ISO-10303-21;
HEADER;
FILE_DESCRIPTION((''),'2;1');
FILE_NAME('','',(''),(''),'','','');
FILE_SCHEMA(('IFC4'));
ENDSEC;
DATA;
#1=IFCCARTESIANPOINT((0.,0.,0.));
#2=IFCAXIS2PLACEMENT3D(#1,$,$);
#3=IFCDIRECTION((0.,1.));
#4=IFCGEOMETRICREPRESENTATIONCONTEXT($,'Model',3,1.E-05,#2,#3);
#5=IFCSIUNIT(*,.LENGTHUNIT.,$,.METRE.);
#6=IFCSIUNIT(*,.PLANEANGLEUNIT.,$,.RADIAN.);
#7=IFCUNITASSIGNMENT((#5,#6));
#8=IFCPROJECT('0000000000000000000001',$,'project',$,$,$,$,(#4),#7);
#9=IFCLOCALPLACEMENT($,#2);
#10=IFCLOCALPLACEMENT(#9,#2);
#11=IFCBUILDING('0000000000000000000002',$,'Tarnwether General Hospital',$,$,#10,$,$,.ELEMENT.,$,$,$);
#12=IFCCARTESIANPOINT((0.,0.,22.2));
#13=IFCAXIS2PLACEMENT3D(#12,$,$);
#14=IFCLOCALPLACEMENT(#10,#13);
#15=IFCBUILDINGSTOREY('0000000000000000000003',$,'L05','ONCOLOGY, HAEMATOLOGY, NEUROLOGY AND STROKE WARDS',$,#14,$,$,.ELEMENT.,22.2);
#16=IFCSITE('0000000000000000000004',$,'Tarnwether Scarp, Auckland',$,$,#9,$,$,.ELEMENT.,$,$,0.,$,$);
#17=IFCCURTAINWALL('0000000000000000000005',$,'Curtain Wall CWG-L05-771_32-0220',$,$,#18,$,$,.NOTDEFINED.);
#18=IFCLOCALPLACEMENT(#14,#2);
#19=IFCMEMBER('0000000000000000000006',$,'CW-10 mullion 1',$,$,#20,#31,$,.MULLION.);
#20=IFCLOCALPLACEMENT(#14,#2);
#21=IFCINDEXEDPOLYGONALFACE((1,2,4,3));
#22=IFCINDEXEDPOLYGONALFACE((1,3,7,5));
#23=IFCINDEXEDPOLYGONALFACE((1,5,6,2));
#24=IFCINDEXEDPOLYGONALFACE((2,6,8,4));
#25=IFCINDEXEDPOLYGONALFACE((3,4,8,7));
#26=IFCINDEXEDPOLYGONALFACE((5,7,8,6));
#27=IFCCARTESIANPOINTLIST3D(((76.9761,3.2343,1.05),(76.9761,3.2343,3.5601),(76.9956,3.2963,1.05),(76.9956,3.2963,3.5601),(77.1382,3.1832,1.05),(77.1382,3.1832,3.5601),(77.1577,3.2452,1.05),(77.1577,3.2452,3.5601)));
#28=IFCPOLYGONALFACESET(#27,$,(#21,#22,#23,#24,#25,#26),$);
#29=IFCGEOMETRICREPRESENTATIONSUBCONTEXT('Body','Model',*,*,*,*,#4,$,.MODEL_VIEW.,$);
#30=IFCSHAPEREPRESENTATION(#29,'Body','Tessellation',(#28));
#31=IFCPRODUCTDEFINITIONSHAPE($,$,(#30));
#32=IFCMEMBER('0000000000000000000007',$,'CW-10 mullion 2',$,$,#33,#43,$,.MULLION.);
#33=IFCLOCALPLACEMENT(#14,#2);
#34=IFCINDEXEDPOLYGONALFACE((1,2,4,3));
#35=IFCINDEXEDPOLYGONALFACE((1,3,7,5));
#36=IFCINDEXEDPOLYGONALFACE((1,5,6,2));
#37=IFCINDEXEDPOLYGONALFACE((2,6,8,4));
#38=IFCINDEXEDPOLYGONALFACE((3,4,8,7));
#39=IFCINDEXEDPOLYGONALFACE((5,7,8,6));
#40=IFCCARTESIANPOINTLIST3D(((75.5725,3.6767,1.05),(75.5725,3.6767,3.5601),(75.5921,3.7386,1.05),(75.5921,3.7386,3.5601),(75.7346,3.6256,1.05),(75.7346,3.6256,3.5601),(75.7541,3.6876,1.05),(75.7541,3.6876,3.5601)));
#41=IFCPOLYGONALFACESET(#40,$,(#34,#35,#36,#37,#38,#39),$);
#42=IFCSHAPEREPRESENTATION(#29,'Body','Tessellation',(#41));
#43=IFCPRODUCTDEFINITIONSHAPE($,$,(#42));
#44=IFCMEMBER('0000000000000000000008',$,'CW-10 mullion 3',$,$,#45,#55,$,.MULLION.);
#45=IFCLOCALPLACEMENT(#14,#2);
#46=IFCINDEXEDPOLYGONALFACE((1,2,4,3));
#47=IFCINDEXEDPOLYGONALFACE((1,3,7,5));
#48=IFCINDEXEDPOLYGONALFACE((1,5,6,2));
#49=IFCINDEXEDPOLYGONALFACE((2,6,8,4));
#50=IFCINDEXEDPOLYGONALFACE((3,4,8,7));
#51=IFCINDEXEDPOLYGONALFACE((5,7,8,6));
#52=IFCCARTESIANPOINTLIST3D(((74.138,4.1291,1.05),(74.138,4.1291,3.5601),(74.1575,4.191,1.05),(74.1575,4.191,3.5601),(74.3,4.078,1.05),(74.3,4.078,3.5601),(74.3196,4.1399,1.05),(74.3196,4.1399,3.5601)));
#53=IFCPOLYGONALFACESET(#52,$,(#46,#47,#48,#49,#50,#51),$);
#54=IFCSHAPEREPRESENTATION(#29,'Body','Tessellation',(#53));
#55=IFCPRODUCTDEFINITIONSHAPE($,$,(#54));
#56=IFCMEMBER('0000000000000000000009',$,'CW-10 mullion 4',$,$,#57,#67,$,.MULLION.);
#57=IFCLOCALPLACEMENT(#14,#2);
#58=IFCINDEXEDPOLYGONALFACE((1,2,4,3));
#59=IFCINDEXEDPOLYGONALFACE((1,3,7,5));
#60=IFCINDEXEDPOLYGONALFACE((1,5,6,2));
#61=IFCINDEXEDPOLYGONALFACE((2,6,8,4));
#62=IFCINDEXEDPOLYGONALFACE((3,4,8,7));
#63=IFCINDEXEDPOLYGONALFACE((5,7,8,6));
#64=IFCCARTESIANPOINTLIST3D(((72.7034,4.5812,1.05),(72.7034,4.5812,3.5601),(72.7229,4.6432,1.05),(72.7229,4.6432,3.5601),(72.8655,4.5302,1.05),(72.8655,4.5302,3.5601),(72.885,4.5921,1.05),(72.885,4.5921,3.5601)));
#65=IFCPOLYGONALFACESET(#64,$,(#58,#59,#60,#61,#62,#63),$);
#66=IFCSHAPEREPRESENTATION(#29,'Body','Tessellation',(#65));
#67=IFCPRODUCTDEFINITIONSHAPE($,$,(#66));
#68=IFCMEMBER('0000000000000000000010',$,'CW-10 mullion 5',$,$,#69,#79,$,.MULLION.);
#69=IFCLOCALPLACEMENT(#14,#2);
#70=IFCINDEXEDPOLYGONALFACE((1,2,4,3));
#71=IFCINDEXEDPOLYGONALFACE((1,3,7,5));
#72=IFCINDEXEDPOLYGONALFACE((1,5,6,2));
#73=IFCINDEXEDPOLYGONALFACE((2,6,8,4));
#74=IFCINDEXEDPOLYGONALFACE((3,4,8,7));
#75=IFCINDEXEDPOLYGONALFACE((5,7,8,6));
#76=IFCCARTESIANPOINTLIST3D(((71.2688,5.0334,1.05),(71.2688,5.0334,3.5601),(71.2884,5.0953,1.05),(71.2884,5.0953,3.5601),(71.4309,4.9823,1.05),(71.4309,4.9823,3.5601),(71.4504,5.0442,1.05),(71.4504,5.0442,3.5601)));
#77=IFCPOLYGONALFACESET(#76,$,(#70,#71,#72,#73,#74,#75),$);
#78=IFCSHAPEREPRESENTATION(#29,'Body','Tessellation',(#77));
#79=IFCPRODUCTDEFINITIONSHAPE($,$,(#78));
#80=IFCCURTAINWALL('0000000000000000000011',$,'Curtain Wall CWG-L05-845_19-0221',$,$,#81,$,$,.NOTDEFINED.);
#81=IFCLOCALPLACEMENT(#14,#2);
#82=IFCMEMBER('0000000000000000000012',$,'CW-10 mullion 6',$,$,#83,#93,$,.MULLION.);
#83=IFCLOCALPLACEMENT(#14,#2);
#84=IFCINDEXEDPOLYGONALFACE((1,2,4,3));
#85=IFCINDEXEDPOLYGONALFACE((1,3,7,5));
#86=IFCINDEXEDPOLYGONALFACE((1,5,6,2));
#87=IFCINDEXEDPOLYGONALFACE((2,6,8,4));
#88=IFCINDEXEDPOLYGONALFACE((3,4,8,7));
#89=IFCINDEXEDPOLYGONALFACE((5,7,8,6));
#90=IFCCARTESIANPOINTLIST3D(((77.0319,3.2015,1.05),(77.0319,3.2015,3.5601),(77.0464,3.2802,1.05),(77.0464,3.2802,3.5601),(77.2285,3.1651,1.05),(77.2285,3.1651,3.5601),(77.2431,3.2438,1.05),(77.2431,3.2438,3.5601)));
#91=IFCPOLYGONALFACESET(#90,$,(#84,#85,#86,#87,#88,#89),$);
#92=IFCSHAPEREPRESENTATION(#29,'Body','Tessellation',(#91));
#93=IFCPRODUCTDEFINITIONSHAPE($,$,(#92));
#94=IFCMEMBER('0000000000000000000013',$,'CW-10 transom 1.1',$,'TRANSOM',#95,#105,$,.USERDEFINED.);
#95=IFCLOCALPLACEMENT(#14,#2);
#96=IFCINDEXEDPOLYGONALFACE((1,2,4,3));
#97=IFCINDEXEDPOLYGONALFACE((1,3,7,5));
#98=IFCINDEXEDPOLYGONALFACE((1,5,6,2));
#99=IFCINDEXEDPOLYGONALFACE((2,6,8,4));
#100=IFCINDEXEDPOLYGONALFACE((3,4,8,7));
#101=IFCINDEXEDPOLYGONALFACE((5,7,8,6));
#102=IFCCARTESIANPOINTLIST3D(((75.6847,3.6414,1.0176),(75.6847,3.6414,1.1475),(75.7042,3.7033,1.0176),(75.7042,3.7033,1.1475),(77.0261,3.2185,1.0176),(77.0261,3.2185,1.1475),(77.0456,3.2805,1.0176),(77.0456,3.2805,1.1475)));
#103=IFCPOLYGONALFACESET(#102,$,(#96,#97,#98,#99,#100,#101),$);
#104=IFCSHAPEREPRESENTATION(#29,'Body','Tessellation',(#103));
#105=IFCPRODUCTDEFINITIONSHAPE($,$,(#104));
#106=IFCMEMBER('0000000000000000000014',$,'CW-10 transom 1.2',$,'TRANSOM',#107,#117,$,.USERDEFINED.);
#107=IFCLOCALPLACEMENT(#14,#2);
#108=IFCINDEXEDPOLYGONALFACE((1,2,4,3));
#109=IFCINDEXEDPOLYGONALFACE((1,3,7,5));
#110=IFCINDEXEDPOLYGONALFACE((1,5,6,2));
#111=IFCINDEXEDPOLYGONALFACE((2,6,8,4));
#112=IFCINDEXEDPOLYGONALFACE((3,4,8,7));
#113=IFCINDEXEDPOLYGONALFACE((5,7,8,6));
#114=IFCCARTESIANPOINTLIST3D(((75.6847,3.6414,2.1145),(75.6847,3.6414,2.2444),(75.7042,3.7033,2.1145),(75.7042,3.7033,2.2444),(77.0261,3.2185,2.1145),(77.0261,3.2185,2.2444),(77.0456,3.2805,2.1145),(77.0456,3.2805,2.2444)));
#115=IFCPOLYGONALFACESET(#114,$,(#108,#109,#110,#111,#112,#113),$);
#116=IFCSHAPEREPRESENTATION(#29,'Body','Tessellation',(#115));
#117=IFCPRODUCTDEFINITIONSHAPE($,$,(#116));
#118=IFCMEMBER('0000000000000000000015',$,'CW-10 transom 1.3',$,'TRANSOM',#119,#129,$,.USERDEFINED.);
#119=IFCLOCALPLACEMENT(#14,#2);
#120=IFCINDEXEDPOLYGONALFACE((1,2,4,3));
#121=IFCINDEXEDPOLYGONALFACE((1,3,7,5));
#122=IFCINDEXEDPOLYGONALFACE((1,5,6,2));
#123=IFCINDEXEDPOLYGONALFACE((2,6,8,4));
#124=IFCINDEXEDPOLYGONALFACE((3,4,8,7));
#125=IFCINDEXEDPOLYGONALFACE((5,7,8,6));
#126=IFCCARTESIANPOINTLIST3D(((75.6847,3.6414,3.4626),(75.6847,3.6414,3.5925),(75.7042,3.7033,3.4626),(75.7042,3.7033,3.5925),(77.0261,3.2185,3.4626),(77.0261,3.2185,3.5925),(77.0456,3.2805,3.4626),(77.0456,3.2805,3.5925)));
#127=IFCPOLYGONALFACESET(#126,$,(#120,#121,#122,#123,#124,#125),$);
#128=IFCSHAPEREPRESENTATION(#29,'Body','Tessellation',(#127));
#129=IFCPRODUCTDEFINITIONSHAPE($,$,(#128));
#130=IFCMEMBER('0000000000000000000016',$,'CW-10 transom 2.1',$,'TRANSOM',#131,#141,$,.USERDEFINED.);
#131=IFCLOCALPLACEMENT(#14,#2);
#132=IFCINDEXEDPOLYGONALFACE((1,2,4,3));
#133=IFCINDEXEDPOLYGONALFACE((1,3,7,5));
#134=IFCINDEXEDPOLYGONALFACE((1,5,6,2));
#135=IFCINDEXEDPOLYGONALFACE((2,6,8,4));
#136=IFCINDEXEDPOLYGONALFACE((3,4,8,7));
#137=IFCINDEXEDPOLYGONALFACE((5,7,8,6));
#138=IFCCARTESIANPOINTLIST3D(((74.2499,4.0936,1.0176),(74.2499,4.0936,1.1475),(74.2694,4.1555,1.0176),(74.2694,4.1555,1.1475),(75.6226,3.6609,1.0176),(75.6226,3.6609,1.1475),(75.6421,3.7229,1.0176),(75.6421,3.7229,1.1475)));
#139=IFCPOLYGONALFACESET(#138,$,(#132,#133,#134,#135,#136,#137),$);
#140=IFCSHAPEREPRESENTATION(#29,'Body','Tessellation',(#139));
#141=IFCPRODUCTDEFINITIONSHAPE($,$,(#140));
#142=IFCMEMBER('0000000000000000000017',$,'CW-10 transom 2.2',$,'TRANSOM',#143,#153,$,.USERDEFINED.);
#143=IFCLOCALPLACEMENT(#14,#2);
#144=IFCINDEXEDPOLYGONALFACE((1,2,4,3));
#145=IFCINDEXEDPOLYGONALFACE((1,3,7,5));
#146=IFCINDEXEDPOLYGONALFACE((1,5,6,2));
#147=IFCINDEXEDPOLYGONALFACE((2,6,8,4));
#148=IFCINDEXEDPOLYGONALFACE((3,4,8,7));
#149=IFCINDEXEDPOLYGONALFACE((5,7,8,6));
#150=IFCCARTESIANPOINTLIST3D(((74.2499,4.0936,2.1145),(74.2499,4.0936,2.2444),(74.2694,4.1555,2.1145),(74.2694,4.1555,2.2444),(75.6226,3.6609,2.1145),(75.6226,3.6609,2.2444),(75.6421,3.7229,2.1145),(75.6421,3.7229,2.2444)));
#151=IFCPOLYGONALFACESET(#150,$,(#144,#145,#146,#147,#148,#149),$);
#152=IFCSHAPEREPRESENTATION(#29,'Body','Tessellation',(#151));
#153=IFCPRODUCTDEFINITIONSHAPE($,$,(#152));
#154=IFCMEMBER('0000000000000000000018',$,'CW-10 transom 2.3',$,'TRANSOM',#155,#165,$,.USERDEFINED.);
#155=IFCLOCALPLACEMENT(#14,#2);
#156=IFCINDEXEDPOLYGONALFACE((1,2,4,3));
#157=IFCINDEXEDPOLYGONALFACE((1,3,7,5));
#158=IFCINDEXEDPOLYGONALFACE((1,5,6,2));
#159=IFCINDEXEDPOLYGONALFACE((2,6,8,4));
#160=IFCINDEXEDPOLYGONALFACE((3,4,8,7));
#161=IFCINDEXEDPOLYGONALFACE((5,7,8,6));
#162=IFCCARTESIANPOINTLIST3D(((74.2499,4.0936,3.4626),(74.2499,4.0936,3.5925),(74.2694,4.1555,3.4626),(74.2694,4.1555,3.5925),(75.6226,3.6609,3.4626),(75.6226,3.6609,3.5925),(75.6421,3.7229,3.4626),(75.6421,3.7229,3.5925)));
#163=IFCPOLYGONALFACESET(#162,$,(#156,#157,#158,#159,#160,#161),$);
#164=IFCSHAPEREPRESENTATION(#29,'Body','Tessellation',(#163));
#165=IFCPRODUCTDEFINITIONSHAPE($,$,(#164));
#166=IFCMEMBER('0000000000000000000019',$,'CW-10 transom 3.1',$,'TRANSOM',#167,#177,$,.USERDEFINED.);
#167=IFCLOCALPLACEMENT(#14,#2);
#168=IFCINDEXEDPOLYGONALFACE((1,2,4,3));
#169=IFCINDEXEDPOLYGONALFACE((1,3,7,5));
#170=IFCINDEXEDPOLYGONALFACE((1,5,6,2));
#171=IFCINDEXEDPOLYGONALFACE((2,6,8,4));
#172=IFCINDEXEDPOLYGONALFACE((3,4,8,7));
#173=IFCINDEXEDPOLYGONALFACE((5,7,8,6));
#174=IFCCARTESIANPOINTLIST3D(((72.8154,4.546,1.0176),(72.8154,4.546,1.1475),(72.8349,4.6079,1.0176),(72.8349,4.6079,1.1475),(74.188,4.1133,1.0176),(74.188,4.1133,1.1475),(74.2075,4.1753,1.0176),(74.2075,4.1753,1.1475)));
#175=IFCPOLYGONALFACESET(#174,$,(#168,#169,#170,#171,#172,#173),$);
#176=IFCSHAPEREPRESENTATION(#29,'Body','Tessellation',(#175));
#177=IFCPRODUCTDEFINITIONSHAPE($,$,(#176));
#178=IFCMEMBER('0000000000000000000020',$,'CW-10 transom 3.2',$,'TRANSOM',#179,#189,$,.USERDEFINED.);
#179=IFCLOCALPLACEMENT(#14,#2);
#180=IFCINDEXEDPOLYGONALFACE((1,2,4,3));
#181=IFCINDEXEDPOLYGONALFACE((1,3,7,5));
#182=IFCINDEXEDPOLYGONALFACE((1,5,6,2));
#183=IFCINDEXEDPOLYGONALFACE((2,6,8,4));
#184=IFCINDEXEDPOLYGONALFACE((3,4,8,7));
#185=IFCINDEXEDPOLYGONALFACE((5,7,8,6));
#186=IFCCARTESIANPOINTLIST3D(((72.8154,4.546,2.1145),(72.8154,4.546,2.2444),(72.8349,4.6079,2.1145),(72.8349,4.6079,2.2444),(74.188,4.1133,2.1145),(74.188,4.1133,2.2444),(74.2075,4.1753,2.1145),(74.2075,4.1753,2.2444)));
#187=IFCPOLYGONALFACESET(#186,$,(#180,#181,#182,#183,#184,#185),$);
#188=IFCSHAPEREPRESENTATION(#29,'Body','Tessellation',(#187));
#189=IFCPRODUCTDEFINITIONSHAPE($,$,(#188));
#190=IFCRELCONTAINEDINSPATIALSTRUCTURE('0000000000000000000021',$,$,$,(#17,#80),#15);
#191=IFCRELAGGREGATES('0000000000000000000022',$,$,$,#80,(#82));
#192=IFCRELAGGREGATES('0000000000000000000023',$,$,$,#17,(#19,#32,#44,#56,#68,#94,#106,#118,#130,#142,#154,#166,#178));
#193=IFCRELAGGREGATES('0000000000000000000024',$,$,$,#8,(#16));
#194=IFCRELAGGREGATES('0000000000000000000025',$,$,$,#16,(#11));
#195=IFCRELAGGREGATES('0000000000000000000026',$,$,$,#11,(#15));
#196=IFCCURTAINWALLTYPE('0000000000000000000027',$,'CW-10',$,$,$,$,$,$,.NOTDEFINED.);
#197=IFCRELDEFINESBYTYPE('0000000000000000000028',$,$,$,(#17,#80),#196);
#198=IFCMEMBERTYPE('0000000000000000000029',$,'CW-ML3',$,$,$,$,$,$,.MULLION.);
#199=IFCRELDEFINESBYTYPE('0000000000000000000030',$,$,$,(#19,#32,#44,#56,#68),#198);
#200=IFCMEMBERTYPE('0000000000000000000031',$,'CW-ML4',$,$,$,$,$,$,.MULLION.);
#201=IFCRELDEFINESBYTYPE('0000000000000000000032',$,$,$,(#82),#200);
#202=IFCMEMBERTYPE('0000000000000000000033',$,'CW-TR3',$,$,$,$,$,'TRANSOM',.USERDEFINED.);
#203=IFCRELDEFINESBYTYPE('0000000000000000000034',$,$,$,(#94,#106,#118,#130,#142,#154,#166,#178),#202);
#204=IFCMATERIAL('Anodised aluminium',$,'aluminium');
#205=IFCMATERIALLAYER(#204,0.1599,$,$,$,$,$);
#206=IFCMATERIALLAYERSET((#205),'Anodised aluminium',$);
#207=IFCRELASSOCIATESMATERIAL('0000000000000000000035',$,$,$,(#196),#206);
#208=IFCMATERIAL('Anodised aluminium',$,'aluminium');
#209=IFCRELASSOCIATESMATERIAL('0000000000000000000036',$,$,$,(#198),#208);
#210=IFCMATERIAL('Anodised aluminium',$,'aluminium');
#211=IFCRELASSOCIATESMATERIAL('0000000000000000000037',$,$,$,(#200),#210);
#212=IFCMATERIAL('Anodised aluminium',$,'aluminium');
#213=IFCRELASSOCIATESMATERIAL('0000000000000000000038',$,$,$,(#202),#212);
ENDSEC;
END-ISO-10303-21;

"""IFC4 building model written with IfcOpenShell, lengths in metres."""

from ifc_helpers import new_model, si_unit, direction, frame, origin, origin_2d, place, context, subcontext, project, spatial, rectangle, extrude, material, layer, layer_set, material_profile, profile_set, type_object, element, aggregate, save


model = new_model("IFC4")

# Units and contexts
model_context = context("Model", 3, precision=1e-05, world=origin(), true_north=direction((0.0, 1.0)))
body_context = subcontext(model_context, "Body", "Model", "MODEL_VIEW")
ifc_project = project(units=[si_unit("LENGTHUNIT", "METRE"), si_unit("PLANEANGLEUNIT", "RADIAN")], contexts=[model_context])

# Site, building, storey
site_placement = place(None, origin())
site = spatial("IfcSite", under=ifc_project, at=site_placement, Name="Tarnwether Scarp, Auckland", CompositionType="ELEMENT", RefElevation=0.0)
building_placement = place(site_placement, origin())
building = spatial("IfcBuilding", under=site, at=building_placement, Name="Tarnwether General Hospital", CompositionType="ELEMENT")
storey_placement = place(building_placement, frame((0.0, 0.0, 22.2)))
storey = spatial("IfcBuildingStorey", under=building, at=storey_placement, Name="L05", Description="ONCOLOGY, HAEMATOLOGY, NEUROLOGY AND STROKE WARDS", CompositionType="ELEMENT", Elevation=22.2)

# Curtain wall, members
ifc_material_1 = material(Name="Anodised aluminium", Category="aluminium")
ifc_layer_1 = layer(ifc_material_1, 0.1599)
ifc_layer_set_1 = layer_set([ifc_layer_1], Name="Anodised aluminium")
curtain_wall_type = type_object("IfcCurtainWallType", Name="CW-10", PredefinedType="NOTDEFINED", material=ifc_layer_set_1)
curtain_wall_1_placement = place(storey_placement, origin())
curtain_wall_1 = element("IfcCurtainWall", 1, at=curtain_wall_1_placement, inside=storey, type_object=curtain_wall_type, Name="Curtain Wall CWG-L05-771_32-0220", PredefinedType="NOTDEFINED")
ifc_material_2 = material(Name="Anodised aluminium", Category="aluminium")
ifc_material_profile_1 = material_profile(ifc_material_2, rectangle(XDim=0.0649, YDim=0.1699, at=origin_2d()), Name="ALU-MUL-65x170")
ifc_profile_set_1 = profile_set([ifc_material_profile_1], Name="Anodised aluminium")
member_type_1 = type_object("IfcMemberType", Name="CW-ML3", PredefinedType="MULLION", material=ifc_profile_set_1)
member_1_placement = place(storey_placement, frame((77.0669, 3.2397, 1.05), z_axis=(0.0, 0.0, 1.0), x_axis=(-0.300629, -0.953741, 0.0)))
member_1 = element("IfcMember", 2, at=member_1_placement, type_object=member_type_1, Name="CW-10 mullion 1", PredefinedType="MULLION", context=body_context, shape_type="SweptSolid", body=[
    extrude(rectangle(XDim=0.0649, YDim=0.1699, at=origin_2d()), origin(), (0.0, 0.0, 1.0), 2.51),
])
member_2_placement = place(storey_placement, frame((75.6633, 3.6821, 1.05), z_axis=(0.0, 0.0, 1.0), x_axis=(-0.300629, -0.953741, 0.0)))
member_2 = element("IfcMember", 3, at=member_2_placement, type_object=member_type_1, Name="CW-10 mullion 2", PredefinedType="MULLION", context=body_context, shape_type="SweptSolid", body=[
    extrude(rectangle(XDim=0.0649, YDim=0.1699, at=origin_2d()), origin(), (0.0, 0.0, 1.0), 2.51),
])
member_3_placement = place(storey_placement, frame((74.2288, 4.1345, 1.05), z_axis=(0.0, 0.0, 1.0), x_axis=(-0.300629, -0.953741, 0.0)))
member_3 = element("IfcMember", 4, at=member_3_placement, type_object=member_type_1, Name="CW-10 mullion 3", PredefinedType="MULLION", context=body_context, shape_type="SweptSolid", body=[
    extrude(rectangle(XDim=0.0649, YDim=0.1699, at=origin_2d()), origin(), (0.0, 0.0, 1.0), 2.51),
])
member_4_placement = place(storey_placement, frame((72.7942, 4.5867, 1.05), z_axis=(0.0, 0.0, 1.0), x_axis=(-0.300629, -0.953741, 0.0)))
member_4 = element("IfcMember", 5, at=member_4_placement, type_object=member_type_1, Name="CW-10 mullion 4", PredefinedType="MULLION", context=body_context, shape_type="SweptSolid", body=[
    extrude(rectangle(XDim=0.0649, YDim=0.1699, at=origin_2d()), origin(), (0.0, 0.0, 1.0), 2.51),
])
member_5_placement = place(storey_placement, frame((71.3596, 5.0388, 1.05), z_axis=(0.0, 0.0, 1.0), x_axis=(-0.300629, -0.953741, 0.0)))
member_5 = element("IfcMember", 6, at=member_5_placement, type_object=member_type_1, Name="CW-10 mullion 5", PredefinedType="MULLION", context=body_context, shape_type="SweptSolid", body=[
    extrude(rectangle(XDim=0.0649, YDim=0.1699, at=origin_2d()), origin(), (0.0, 0.0, 1.0), 2.51),
])

# Curtain wall, member
curtain_wall_2_placement = place(storey_placement, origin())
curtain_wall_2 = element("IfcCurtainWall", 7, at=curtain_wall_2_placement, inside=storey, type_object=curtain_wall_type, Name="Curtain Wall CWG-L05-845_19-0221", PredefinedType="NOTDEFINED")
ifc_material_3 = material(Name="Anodised aluminium", Category="aluminium")
ifc_material_profile_2 = material_profile(ifc_material_3, rectangle(XDim=0.0801, YDim=0.2, at=origin_2d()), Name="ALU-MUL-80x200")
ifc_profile_set_2 = profile_set([ifc_material_profile_2], Name="Anodised aluminium")
member_type_2 = type_object("IfcMemberType", Name="CW-ML4", PredefinedType="MULLION", material=ifc_profile_set_2)
member_6_placement = place(storey_placement, frame((77.1375, 3.2227, 1.05), z_axis=(0.0, 0.0, 1.0), x_axis=(-0.182289, -0.983245, 0.0)))
member_6 = element("IfcMember", 8, at=member_6_placement, type_object=member_type_2, Name="CW-10 mullion 6", PredefinedType="MULLION", context=body_context, shape_type="SweptSolid", body=[
    extrude(rectangle(XDim=0.0801, YDim=0.2, at=origin_2d()), origin(), (0.0, 0.0, 1.0), 2.51),
])
aggregate(curtain_wall_2, [member_6])

# Members
ifc_material_4 = material(Name="Anodised aluminium", Category="aluminium")
ifc_material_profile_3 = material_profile(ifc_material_4, rectangle(XDim=0.0649, YDim=0.1299, at=origin_2d()), Name="ALU-TRN-65x130")
ifc_profile_set_3 = profile_set([ifc_material_profile_3], Name="Anodised aluminium")
member_type_3 = type_object("IfcMemberType", Name="CW-TR3", ElementType="TRANSOM", PredefinedType="USERDEFINED", material=ifc_profile_set_3)
member_7_placement = place(storey_placement, frame((77.0359, 3.2495, 1.0825), z_axis=(-0.953745, 0.300616, 0.0), x_axis=(-0.300616, -0.953745, 0.0)))
member_7 = element("IfcMember", 9, at=member_7_placement, type_object=member_type_3, Name="CW-10 transom 1.1", ObjectType="TRANSOM", PredefinedType="USERDEFINED", context=body_context, shape_type="SweptSolid", body=[
    extrude(rectangle(XDim=0.0649, YDim=0.1299, at=origin_2d()), origin(), (0.0, 0.0, 1.0), 1.4065),
])
member_8_placement = place(storey_placement, frame((77.0359, 3.2495, 2.1794), z_axis=(-0.953745, 0.300616, 0.0), x_axis=(-0.300616, -0.953745, 0.0)))
member_8 = element("IfcMember", 10, at=member_8_placement, type_object=member_type_3, Name="CW-10 transom 1.2", ObjectType="TRANSOM", PredefinedType="USERDEFINED", context=body_context, shape_type="SweptSolid", body=[
    extrude(rectangle(XDim=0.0649, YDim=0.1299, at=origin_2d()), origin(), (0.0, 0.0, 1.0), 1.4065),
])
member_9_placement = place(storey_placement, frame((77.0359, 3.2495, 3.5276), z_axis=(-0.953745, 0.300616, 0.0), x_axis=(-0.300616, -0.953745, 0.0)))
member_9 = element("IfcMember", 11, at=member_9_placement, type_object=member_type_3, Name="CW-10 transom 1.3", ObjectType="TRANSOM", PredefinedType="USERDEFINED", context=body_context, shape_type="SweptSolid", body=[
    extrude(rectangle(XDim=0.0649, YDim=0.1299, at=origin_2d()), origin(), (0.0, 0.0, 1.0), 1.4065),
])
member_10_placement = place(storey_placement, frame((75.6323, 3.6919, 1.0825), z_axis=(-0.953747, 0.300612, 0.0), x_axis=(-0.300612, -0.953747, 0.0)))
member_10 = element("IfcMember", 12, at=member_10_placement, type_object=member_type_3, Name="CW-10 transom 2.1", ObjectType="TRANSOM", PredefinedType="USERDEFINED", context=body_context, shape_type="SweptSolid", body=[
    extrude(rectangle(XDim=0.0649, YDim=0.1299, at=origin_2d()), origin(), (0.0, 0.0, 1.0), 1.4392),
])
member_11_placement = place(storey_placement, frame((75.6323, 3.6919, 2.1794), z_axis=(-0.953747, 0.300612, 0.0), x_axis=(-0.300612, -0.953747, 0.0)))
member_11 = element("IfcMember", 13, at=member_11_placement, type_object=member_type_3, Name="CW-10 transom 2.2", ObjectType="TRANSOM", PredefinedType="USERDEFINED", context=body_context, shape_type="SweptSolid", body=[
    extrude(rectangle(XDim=0.0649, YDim=0.1299, at=origin_2d()), origin(), (0.0, 0.0, 1.0), 1.4392),
])
member_12_placement = place(storey_placement, frame((75.6323, 3.6919, 3.5276), z_axis=(-0.953747, 0.300612, 0.0), x_axis=(-0.300612, -0.953747, 0.0)))
member_12 = element("IfcMember", 14, at=member_12_placement, type_object=member_type_3, Name="CW-10 transom 2.3", ObjectType="TRANSOM", PredefinedType="USERDEFINED", context=body_context, shape_type="SweptSolid", body=[
    extrude(rectangle(XDim=0.0649, YDim=0.1299, at=origin_2d()), origin(), (0.0, 0.0, 1.0), 1.4392),
])
member_13_placement = place(storey_placement, frame((74.1978, 4.1443, 1.0825), z_axis=(-0.953747, 0.300612, 0.0), x_axis=(-0.300612, -0.953747, 0.0)))
member_13 = element("IfcMember", 15, at=member_13_placement, type_object=member_type_3, Name="CW-10 transom 3.1", ObjectType="TRANSOM", PredefinedType="USERDEFINED", context=body_context, shape_type="SweptSolid", body=[
    extrude(rectangle(XDim=0.0649, YDim=0.1299, at=origin_2d()), origin(), (0.0, 0.0, 1.0), 1.4392),
])
member_14_placement = place(storey_placement, frame((74.1978, 4.1443, 2.1794), z_axis=(-0.953747, 0.300612, 0.0), x_axis=(-0.300612, -0.953747, 0.0)))
member_14 = element("IfcMember", 16, at=member_14_placement, type_object=member_type_3, Name="CW-10 transom 3.2", ObjectType="TRANSOM", PredefinedType="USERDEFINED", context=body_context, shape_type="SweptSolid", body=[
    extrude(rectangle(XDim=0.0649, YDim=0.1299, at=origin_2d()), origin(), (0.0, 0.0, 1.0), 1.4392),
])

aggregate(curtain_wall_1, [member_1, member_2, member_3, member_4, member_5, member_7, member_8, member_9, member_10, member_11, member_12, member_13, member_14])

save(model, "model.ifc")
